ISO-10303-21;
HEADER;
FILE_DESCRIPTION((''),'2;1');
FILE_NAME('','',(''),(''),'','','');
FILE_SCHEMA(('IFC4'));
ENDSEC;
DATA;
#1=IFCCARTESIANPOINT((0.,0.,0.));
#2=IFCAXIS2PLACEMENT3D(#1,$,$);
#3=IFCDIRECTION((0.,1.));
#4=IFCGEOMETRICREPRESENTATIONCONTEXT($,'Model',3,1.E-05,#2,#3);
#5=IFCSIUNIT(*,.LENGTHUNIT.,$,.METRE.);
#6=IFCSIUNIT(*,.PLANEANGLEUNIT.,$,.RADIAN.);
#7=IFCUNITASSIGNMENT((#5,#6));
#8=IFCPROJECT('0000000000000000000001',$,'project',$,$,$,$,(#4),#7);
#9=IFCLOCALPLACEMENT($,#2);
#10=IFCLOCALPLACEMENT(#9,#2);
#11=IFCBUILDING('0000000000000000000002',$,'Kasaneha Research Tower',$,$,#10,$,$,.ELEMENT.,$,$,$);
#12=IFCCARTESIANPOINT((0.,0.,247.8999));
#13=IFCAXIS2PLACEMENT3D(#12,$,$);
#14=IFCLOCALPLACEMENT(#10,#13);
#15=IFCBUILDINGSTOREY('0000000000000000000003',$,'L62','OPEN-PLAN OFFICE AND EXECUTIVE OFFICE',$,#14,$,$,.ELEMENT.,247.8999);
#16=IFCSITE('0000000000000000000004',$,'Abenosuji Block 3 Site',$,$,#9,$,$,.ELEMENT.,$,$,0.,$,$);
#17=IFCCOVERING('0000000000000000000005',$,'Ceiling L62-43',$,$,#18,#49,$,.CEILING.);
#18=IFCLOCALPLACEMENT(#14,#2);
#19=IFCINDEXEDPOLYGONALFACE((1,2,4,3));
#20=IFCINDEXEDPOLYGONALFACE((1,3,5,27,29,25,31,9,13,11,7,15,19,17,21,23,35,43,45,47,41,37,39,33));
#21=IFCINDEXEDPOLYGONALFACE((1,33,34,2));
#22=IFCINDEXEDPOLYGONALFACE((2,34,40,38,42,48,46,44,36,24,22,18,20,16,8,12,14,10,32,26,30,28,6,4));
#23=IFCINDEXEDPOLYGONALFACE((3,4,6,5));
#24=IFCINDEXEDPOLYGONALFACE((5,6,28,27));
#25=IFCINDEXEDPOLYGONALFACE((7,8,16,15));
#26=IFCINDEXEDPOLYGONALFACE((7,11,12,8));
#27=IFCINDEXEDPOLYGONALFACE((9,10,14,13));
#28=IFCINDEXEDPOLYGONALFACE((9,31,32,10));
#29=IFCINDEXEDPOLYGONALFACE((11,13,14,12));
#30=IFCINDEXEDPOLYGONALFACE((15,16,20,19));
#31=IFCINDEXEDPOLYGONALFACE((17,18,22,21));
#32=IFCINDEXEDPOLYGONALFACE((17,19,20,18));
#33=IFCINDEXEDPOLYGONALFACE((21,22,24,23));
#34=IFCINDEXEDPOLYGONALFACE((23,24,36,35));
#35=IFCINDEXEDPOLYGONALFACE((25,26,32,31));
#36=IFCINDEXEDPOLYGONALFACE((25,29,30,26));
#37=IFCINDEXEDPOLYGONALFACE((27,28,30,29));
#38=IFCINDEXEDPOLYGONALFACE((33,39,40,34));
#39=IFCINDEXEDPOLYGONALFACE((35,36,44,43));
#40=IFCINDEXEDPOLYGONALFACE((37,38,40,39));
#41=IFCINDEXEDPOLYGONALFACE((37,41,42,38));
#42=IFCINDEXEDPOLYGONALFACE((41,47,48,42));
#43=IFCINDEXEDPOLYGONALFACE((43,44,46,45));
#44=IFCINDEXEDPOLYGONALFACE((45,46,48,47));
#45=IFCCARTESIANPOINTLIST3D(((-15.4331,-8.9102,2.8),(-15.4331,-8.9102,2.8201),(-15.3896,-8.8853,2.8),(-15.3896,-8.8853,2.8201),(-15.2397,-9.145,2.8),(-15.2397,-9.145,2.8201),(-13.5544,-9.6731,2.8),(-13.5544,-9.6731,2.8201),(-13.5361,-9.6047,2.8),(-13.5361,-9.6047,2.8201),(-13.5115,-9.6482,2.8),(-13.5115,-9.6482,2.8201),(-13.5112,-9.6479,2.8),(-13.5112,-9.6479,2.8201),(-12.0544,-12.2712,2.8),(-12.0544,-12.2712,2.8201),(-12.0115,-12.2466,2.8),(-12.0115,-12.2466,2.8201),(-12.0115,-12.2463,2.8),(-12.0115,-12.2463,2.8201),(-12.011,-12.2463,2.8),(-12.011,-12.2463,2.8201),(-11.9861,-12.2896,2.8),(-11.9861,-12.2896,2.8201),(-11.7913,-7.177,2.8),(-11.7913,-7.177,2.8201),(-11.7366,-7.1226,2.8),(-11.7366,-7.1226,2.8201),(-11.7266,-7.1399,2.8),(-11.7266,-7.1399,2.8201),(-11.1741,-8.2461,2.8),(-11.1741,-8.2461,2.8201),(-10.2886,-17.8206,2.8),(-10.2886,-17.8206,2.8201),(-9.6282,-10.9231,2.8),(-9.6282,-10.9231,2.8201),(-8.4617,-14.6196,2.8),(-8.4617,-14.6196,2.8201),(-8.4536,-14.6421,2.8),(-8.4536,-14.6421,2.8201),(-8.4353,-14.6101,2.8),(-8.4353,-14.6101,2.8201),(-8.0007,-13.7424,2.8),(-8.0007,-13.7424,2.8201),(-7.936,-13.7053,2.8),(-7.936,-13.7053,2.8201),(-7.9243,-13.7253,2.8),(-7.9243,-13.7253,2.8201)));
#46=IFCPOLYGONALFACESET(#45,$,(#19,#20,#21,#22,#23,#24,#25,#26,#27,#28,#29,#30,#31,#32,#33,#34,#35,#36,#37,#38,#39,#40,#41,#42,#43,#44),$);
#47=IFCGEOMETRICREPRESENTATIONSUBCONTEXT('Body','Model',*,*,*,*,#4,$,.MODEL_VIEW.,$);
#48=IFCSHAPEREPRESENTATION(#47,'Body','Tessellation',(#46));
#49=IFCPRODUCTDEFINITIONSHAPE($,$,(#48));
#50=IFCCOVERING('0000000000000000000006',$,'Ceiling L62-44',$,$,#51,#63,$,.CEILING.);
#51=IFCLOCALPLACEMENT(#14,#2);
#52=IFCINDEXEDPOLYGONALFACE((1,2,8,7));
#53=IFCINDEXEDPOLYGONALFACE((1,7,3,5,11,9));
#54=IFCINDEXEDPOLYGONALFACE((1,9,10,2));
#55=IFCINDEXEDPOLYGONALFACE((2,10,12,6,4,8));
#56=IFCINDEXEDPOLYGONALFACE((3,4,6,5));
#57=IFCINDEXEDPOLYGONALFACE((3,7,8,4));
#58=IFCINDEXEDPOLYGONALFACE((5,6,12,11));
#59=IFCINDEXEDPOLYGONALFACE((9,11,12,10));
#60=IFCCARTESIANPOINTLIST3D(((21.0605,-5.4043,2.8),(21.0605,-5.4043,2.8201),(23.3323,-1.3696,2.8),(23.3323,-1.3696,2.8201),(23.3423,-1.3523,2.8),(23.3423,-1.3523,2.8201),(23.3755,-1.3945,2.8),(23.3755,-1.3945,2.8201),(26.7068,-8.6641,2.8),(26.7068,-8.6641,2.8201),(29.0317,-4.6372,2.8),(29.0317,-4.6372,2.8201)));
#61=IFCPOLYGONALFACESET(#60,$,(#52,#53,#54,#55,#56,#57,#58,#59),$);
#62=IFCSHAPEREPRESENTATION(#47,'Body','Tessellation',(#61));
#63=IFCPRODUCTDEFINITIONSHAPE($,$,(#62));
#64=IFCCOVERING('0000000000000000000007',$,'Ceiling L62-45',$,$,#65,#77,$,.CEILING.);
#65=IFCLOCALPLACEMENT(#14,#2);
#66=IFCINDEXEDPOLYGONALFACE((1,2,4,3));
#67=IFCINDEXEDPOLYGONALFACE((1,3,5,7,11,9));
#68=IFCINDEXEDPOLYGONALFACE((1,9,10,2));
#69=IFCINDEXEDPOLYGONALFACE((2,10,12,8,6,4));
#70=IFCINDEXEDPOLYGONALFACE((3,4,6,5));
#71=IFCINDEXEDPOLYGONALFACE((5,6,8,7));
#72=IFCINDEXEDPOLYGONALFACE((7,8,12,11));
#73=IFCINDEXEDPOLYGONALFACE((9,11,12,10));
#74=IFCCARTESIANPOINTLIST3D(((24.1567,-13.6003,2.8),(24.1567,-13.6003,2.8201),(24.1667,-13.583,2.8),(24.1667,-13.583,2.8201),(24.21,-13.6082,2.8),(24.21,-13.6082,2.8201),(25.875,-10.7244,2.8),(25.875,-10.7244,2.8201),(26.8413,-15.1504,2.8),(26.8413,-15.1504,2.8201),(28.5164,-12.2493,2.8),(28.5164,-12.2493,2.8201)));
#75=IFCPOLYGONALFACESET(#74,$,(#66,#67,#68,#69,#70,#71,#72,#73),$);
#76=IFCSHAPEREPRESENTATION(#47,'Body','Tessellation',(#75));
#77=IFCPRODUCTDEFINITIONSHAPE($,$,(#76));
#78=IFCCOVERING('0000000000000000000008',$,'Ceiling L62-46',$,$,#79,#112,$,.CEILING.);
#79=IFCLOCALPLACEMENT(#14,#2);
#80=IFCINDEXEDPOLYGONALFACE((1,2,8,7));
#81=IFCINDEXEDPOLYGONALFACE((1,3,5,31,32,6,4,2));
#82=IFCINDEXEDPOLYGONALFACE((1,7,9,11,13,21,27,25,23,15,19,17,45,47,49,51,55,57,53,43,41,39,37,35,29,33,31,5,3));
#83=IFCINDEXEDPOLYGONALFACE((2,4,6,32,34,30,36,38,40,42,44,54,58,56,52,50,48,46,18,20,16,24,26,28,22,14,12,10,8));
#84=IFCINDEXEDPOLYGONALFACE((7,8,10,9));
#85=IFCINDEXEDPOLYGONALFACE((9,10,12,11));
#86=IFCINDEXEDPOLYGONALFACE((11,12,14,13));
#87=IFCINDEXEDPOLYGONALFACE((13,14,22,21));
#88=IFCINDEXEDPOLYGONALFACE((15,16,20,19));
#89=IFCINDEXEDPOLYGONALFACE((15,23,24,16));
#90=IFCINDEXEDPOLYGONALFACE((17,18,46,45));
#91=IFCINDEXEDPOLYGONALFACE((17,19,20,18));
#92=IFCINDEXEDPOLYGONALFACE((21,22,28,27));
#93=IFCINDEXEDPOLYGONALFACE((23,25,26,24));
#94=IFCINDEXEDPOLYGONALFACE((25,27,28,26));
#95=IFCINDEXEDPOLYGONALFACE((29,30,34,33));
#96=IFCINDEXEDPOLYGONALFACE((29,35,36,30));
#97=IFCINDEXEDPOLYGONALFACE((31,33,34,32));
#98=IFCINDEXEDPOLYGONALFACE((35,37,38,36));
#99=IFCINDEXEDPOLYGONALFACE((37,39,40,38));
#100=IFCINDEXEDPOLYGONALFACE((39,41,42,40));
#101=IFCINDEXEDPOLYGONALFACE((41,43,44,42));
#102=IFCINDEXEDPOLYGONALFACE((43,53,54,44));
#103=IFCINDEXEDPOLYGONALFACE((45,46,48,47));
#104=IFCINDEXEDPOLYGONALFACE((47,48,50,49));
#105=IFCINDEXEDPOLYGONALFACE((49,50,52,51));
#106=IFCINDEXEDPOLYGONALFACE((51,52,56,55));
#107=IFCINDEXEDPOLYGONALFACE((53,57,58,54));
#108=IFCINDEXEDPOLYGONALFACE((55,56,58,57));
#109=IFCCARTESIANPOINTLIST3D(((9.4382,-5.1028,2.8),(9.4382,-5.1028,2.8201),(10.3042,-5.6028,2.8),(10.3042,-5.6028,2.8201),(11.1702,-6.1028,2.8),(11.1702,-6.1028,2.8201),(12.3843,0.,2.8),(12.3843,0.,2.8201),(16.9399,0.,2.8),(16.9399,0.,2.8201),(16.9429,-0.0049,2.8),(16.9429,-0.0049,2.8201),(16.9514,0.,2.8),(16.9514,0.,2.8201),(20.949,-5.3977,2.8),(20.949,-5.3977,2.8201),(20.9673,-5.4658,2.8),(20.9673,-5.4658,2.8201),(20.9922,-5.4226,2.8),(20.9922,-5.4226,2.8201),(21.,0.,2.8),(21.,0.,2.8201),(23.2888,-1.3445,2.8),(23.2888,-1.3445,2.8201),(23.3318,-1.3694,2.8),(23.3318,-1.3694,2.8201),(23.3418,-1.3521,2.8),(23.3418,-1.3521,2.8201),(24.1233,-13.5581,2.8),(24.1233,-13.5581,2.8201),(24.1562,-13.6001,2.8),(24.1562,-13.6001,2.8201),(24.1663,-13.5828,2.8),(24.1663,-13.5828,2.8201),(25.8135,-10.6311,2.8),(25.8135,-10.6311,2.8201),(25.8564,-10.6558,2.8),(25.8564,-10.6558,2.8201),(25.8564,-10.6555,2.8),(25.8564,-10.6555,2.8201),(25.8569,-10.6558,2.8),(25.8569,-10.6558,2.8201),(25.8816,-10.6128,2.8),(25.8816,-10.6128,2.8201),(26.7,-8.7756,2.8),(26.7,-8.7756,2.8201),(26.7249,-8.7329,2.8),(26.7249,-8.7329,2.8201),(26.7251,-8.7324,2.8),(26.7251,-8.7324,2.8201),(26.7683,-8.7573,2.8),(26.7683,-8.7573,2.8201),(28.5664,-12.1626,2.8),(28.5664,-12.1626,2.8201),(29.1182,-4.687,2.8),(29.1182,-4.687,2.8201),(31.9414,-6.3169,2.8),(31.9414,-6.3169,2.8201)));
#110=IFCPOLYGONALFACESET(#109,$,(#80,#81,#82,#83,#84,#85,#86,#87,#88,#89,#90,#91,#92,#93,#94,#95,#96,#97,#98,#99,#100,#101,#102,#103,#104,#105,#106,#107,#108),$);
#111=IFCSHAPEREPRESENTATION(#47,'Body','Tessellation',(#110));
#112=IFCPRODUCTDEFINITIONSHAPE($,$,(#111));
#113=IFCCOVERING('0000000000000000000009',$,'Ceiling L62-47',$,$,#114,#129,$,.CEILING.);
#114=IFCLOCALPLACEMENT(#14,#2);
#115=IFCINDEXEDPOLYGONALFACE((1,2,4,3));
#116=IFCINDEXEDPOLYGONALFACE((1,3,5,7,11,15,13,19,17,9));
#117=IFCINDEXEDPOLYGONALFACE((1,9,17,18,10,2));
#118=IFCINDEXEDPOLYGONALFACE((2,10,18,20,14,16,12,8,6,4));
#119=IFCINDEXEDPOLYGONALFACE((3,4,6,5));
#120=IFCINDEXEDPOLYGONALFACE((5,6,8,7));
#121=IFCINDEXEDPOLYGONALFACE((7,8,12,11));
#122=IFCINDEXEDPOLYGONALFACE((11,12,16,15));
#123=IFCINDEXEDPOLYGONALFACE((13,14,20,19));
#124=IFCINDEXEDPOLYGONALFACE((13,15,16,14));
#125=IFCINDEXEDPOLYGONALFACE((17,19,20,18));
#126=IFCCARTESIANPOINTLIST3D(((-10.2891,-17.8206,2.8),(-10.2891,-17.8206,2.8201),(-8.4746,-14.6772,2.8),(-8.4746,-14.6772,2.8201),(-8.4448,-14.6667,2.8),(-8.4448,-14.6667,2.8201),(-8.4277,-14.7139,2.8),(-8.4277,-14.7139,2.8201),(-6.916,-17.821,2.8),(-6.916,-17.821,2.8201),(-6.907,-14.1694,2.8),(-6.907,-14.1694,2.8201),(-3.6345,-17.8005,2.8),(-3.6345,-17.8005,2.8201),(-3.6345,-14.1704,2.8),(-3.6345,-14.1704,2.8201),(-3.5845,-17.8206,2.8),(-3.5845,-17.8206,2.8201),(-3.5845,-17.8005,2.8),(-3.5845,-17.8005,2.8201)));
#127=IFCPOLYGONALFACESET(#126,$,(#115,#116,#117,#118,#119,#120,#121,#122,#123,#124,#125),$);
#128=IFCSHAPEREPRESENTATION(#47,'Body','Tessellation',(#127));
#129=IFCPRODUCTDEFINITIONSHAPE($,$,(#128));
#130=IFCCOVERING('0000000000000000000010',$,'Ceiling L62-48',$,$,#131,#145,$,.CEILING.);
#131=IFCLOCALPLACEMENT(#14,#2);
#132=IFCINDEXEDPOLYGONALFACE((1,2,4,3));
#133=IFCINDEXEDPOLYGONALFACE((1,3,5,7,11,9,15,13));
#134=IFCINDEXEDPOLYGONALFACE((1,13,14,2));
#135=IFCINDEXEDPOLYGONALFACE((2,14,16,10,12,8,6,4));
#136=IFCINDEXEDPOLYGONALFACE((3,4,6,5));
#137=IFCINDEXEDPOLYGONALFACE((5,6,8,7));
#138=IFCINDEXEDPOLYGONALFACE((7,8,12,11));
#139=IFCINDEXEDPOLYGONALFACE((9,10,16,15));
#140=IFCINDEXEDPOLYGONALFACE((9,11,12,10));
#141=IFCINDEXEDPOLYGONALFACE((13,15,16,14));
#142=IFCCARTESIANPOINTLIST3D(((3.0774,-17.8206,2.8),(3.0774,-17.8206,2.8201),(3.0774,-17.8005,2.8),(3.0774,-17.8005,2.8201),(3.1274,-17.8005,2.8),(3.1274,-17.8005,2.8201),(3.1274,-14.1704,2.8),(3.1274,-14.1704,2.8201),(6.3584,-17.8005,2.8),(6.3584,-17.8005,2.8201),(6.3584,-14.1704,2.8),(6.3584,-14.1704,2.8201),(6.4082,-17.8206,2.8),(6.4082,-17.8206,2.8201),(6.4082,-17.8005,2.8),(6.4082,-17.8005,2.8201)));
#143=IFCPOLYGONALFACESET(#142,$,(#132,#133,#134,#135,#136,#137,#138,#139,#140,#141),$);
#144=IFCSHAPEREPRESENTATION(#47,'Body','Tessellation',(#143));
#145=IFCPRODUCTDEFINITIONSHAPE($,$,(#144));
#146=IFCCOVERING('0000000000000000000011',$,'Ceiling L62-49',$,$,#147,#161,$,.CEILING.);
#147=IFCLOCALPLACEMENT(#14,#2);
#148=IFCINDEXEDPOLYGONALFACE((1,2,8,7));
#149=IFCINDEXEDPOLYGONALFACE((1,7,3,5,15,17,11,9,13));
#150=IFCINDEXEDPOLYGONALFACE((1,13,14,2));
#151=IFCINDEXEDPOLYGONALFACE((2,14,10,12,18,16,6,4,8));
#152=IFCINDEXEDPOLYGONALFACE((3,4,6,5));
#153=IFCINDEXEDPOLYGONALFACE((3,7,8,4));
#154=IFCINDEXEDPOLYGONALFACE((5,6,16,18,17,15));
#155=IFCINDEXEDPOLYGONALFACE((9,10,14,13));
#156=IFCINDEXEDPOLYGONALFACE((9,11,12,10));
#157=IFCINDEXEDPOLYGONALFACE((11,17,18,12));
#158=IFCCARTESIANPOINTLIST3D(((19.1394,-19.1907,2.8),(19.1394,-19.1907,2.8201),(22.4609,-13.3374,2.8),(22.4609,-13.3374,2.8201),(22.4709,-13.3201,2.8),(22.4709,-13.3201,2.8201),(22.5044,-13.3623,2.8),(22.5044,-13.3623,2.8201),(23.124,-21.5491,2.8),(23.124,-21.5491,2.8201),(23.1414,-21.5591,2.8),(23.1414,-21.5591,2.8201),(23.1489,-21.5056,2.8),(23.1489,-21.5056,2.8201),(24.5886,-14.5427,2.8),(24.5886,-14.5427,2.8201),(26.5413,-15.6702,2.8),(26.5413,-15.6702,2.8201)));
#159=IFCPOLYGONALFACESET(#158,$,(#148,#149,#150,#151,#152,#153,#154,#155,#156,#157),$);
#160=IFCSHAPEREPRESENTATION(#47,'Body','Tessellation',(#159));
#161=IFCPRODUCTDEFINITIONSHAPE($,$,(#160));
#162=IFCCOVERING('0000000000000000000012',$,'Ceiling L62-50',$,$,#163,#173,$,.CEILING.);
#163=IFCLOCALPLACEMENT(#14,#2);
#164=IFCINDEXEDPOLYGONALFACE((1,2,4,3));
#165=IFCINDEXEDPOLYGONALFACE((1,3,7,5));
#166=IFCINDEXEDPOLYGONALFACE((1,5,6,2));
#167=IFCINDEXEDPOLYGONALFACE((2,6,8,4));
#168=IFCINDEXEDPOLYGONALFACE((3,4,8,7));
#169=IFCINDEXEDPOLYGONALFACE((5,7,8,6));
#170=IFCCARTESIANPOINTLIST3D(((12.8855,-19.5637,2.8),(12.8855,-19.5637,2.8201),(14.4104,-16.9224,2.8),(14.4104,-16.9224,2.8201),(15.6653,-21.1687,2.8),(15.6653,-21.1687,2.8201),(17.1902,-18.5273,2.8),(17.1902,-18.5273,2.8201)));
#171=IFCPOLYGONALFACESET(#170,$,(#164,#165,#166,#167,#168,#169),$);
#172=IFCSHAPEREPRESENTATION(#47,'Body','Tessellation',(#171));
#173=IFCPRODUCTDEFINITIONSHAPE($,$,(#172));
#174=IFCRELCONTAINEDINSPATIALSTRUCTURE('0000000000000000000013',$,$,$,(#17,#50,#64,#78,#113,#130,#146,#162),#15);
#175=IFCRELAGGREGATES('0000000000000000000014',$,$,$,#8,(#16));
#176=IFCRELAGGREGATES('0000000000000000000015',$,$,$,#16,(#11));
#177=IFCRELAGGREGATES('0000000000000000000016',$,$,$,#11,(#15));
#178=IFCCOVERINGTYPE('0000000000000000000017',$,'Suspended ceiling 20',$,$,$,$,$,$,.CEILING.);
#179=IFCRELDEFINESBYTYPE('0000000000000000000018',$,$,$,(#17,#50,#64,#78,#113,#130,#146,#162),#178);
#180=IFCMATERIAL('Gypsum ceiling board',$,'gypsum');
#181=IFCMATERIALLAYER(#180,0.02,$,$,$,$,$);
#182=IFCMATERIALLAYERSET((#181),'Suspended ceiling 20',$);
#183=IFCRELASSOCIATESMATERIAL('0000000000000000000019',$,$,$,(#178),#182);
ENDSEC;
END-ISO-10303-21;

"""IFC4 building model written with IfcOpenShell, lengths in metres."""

from ifc_helpers import new_model, si_unit, direction, frame, origin, place, context, subcontext, project, spatial, polyline, outline, extrude, material, layer, layer_set, type_object, element, save


model = new_model("IFC4")

# Units and contexts
model_context = context("Model", 3, precision=1e-05, world=origin(), true_north=direction((0.0, 1.0)))
body_context = subcontext(model_context, "Body", "Model", "MODEL_VIEW")
ifc_project = project(units=[si_unit("LENGTHUNIT", "METRE"), si_unit("PLANEANGLEUNIT", "RADIAN")], contexts=[model_context])

# Site, building, storey
site_placement = place(None, origin())
site = spatial("IfcSite", under=ifc_project, at=site_placement, Name="Abenosuji Block 3 Site", CompositionType="ELEMENT", RefElevation=0.0)
building_placement = place(site_placement, origin())
building = spatial("IfcBuilding", under=site, at=building_placement, Name="Kasaneha Research Tower", CompositionType="ELEMENT")
storey_placement = place(building_placement, frame((0.0, 0.0, 247.8999)))
storey = spatial("IfcBuildingStorey", under=building, at=storey_placement, Name="L62", Description="OPEN-PLAN OFFICE AND EXECUTIVE OFFICE", CompositionType="ELEMENT", Elevation=247.8999)

# Coverings
ifc_material_1 = material(Name="Gypsum ceiling board", Category="gypsum")
ifc_layer_1 = layer(ifc_material_1, 0.02)
ifc_layer_set_1 = layer_set([ifc_layer_1], Name="Suspended ceiling 20")
covering_type_1 = type_object("IfcCoveringType", Name="Suspended ceiling 20", PredefinedType="CEILING", material=ifc_layer_set_1)
covering_1_placement = place(storey_placement, frame((0.0, 0.0, 2.8)))
element("IfcCovering", 1, at=covering_1_placement, inside=storey, type_object=covering_type_1, Name="Ceiling L62-43", PredefinedType="CEILING", context=body_context, shape_type="SweptSolid", body=[
    extrude(outline(polyline([(-11.7266, -7.1399), (-11.7913, -7.177), (-11.1741, -8.2461), (-13.5361, -9.6047), (-13.5112, -9.6479), (-13.5115, -9.6482), (-13.5115, -9.6482), (-13.5544, -9.6731), (-12.0544, -12.2712), (-12.0115, -12.2463), (-12.0115, -12.2466), (-12.011, -12.2463), (-11.9861, -12.2896), (-9.6282, -10.9231), (-8.0007, -13.7424), (-7.936, -13.7053), (-7.9243, -13.7253), (-8.4353, -14.6101), (-8.4617, -14.6196), (-8.4536, -14.6421), (-10.2886, -17.8206), (-15.4331, -8.9102), (-15.3896, -8.8853), (-15.2397, -9.145), (-15.2397, -9.145), (-15.2397, -9.145), (-11.7366, -7.1226), (-11.7266, -7.1399)])), origin(), (0.0, 0.0, 1.0), 0.02),
])
covering_2_placement = place(storey_placement, frame((0.0, 0.0, 2.8)))
element("IfcCovering", 2, at=covering_2_placement, inside=storey, type_object=covering_type_1, Name="Ceiling L62-44", PredefinedType="CEILING", context=body_context, shape_type="SweptSolid", body=[
    extrude(outline(polyline([(29.0317, -4.6372), (26.7068, -8.6641), (21.0605, -5.4043), (23.3755, -1.3945), (23.3323, -1.3696), (23.3423, -1.3523), (29.0317, -4.6372)])), origin(), (0.0, 0.0, 1.0), 0.02),
])
covering_3_placement = place(storey_placement, frame((0.0, 0.0, 2.8)))
element("IfcCovering", 3, at=covering_3_placement, inside=storey, type_object=covering_type_1, Name="Ceiling L62-45", PredefinedType="CEILING", context=body_context, shape_type="SweptSolid", body=[
    extrude(outline(polyline([(24.1567, -13.6003), (24.1667, -13.583), (24.21, -13.6082), (25.875, -10.7244), (28.5164, -12.2493), (26.8413, -15.1504), (24.1567, -13.6003)])), origin(), (0.0, 0.0, 1.0), 0.02),
])
covering_4_placement = place(storey_placement, frame((0.0, 0.0, 2.8)))
element("IfcCovering", 4, at=covering_4_placement, inside=storey, type_object=covering_type_1, Name="Ceiling L62-46", PredefinedType="CEILING", context=body_context, shape_type="SweptSolid", body=[
    extrude(outline(polyline([(10.3042, -5.6028), (10.3042, -5.6028), (9.4382, -5.1028), (12.3843, 0.0), (16.9399, 0.0), (16.9429, -0.0049), (16.9514, 0.0), (21.0, 0.0), (23.3418, -1.3521), (23.3318, -1.3694), (23.2888, -1.3445), (20.949, -5.3977), (20.9922, -5.4226), (20.9673, -5.4658), (26.7, -8.7756), (26.7249, -8.7329), (26.7249, -8.7329), (26.7251, -8.7324), (26.7683, -8.7573), (29.1182, -4.687), (31.9414, -6.3169), (28.5664, -12.1626), (25.8816, -10.6128), (25.8569, -10.6558), (25.8564, -10.6555), (25.8564, -10.6558), (25.8135, -10.6311), (24.1233, -13.5581), (24.1663, -13.5828), (24.1562, -13.6001), (11.1702, -6.1028), (11.1702, -6.1028), (10.3042, -5.6028)])), origin(), (0.0, 0.0, 1.0), 0.02),
])
covering_5_placement = place(storey_placement, frame((0.0, 0.0, 2.8)))
element("IfcCovering", 5, at=covering_5_placement, inside=storey, type_object=covering_type_1, Name="Ceiling L62-47", PredefinedType="CEILING", context=body_context, shape_type="SweptSolid", body=[
    extrude(outline(polyline([(-10.2891, -17.8206), (-8.4746, -14.6772), (-8.4448, -14.6667), (-8.4277, -14.7139), (-6.907, -14.1694), (-3.6345, -14.1704), (-3.6345, -17.8005), (-3.5845, -17.8005), (-3.5845, -17.8206), (-6.916, -17.821), (-10.2891, -17.8206)])), origin(), (0.0, 0.0, 1.0), 0.02),
])
covering_6_placement = place(storey_placement, frame((0.0, 0.0, 2.8)))
element("IfcCovering", 6, at=covering_6_placement, inside=storey, type_object=covering_type_1, Name="Ceiling L62-48", PredefinedType="CEILING", context=body_context, shape_type="SweptSolid", body=[
    extrude(outline(polyline([(3.0774, -17.8206), (3.0774, -17.8005), (3.1274, -17.8005), (3.1274, -14.1704), (6.3584, -14.1704), (6.3584, -17.8005), (6.4082, -17.8005), (6.4082, -17.8206), (3.0774, -17.8206)])), origin(), (0.0, 0.0, 1.0), 0.02),
])
covering_7_placement = place(storey_placement, frame((0.0, 0.0, 2.8)))
element("IfcCovering", 7, at=covering_7_placement, inside=storey, type_object=covering_type_1, Name="Ceiling L62-49", PredefinedType="CEILING", context=body_context, shape_type="SweptSolid", body=[
    extrude(outline(polyline([(23.1414, -21.5591), (23.124, -21.5491), (23.1489, -21.5056), (19.1394, -19.1907), (22.5044, -13.3623), (22.4609, -13.3374), (22.4709, -13.3201), (24.5886, -14.5427), (26.5413, -15.6702), (23.1414, -21.5591)])), origin(), (0.0, 0.0, 1.0), 0.02),
])
covering_8_placement = place(storey_placement, frame((0.0, 0.0, 2.8)))
element("IfcCovering", 8, at=covering_8_placement, inside=storey, type_object=covering_type_1, Name="Ceiling L62-50", PredefinedType="CEILING", context=body_context, shape_type="SweptSolid", body=[
    extrude(outline(polyline([(12.8855, -19.5637), (14.4104, -16.9224), (17.1902, -18.5273), (15.6653, -21.1687), (12.8855, -19.5637)])), origin(), (0.0, 0.0, 1.0), 0.02),
])

save(model, "model.ifc")
